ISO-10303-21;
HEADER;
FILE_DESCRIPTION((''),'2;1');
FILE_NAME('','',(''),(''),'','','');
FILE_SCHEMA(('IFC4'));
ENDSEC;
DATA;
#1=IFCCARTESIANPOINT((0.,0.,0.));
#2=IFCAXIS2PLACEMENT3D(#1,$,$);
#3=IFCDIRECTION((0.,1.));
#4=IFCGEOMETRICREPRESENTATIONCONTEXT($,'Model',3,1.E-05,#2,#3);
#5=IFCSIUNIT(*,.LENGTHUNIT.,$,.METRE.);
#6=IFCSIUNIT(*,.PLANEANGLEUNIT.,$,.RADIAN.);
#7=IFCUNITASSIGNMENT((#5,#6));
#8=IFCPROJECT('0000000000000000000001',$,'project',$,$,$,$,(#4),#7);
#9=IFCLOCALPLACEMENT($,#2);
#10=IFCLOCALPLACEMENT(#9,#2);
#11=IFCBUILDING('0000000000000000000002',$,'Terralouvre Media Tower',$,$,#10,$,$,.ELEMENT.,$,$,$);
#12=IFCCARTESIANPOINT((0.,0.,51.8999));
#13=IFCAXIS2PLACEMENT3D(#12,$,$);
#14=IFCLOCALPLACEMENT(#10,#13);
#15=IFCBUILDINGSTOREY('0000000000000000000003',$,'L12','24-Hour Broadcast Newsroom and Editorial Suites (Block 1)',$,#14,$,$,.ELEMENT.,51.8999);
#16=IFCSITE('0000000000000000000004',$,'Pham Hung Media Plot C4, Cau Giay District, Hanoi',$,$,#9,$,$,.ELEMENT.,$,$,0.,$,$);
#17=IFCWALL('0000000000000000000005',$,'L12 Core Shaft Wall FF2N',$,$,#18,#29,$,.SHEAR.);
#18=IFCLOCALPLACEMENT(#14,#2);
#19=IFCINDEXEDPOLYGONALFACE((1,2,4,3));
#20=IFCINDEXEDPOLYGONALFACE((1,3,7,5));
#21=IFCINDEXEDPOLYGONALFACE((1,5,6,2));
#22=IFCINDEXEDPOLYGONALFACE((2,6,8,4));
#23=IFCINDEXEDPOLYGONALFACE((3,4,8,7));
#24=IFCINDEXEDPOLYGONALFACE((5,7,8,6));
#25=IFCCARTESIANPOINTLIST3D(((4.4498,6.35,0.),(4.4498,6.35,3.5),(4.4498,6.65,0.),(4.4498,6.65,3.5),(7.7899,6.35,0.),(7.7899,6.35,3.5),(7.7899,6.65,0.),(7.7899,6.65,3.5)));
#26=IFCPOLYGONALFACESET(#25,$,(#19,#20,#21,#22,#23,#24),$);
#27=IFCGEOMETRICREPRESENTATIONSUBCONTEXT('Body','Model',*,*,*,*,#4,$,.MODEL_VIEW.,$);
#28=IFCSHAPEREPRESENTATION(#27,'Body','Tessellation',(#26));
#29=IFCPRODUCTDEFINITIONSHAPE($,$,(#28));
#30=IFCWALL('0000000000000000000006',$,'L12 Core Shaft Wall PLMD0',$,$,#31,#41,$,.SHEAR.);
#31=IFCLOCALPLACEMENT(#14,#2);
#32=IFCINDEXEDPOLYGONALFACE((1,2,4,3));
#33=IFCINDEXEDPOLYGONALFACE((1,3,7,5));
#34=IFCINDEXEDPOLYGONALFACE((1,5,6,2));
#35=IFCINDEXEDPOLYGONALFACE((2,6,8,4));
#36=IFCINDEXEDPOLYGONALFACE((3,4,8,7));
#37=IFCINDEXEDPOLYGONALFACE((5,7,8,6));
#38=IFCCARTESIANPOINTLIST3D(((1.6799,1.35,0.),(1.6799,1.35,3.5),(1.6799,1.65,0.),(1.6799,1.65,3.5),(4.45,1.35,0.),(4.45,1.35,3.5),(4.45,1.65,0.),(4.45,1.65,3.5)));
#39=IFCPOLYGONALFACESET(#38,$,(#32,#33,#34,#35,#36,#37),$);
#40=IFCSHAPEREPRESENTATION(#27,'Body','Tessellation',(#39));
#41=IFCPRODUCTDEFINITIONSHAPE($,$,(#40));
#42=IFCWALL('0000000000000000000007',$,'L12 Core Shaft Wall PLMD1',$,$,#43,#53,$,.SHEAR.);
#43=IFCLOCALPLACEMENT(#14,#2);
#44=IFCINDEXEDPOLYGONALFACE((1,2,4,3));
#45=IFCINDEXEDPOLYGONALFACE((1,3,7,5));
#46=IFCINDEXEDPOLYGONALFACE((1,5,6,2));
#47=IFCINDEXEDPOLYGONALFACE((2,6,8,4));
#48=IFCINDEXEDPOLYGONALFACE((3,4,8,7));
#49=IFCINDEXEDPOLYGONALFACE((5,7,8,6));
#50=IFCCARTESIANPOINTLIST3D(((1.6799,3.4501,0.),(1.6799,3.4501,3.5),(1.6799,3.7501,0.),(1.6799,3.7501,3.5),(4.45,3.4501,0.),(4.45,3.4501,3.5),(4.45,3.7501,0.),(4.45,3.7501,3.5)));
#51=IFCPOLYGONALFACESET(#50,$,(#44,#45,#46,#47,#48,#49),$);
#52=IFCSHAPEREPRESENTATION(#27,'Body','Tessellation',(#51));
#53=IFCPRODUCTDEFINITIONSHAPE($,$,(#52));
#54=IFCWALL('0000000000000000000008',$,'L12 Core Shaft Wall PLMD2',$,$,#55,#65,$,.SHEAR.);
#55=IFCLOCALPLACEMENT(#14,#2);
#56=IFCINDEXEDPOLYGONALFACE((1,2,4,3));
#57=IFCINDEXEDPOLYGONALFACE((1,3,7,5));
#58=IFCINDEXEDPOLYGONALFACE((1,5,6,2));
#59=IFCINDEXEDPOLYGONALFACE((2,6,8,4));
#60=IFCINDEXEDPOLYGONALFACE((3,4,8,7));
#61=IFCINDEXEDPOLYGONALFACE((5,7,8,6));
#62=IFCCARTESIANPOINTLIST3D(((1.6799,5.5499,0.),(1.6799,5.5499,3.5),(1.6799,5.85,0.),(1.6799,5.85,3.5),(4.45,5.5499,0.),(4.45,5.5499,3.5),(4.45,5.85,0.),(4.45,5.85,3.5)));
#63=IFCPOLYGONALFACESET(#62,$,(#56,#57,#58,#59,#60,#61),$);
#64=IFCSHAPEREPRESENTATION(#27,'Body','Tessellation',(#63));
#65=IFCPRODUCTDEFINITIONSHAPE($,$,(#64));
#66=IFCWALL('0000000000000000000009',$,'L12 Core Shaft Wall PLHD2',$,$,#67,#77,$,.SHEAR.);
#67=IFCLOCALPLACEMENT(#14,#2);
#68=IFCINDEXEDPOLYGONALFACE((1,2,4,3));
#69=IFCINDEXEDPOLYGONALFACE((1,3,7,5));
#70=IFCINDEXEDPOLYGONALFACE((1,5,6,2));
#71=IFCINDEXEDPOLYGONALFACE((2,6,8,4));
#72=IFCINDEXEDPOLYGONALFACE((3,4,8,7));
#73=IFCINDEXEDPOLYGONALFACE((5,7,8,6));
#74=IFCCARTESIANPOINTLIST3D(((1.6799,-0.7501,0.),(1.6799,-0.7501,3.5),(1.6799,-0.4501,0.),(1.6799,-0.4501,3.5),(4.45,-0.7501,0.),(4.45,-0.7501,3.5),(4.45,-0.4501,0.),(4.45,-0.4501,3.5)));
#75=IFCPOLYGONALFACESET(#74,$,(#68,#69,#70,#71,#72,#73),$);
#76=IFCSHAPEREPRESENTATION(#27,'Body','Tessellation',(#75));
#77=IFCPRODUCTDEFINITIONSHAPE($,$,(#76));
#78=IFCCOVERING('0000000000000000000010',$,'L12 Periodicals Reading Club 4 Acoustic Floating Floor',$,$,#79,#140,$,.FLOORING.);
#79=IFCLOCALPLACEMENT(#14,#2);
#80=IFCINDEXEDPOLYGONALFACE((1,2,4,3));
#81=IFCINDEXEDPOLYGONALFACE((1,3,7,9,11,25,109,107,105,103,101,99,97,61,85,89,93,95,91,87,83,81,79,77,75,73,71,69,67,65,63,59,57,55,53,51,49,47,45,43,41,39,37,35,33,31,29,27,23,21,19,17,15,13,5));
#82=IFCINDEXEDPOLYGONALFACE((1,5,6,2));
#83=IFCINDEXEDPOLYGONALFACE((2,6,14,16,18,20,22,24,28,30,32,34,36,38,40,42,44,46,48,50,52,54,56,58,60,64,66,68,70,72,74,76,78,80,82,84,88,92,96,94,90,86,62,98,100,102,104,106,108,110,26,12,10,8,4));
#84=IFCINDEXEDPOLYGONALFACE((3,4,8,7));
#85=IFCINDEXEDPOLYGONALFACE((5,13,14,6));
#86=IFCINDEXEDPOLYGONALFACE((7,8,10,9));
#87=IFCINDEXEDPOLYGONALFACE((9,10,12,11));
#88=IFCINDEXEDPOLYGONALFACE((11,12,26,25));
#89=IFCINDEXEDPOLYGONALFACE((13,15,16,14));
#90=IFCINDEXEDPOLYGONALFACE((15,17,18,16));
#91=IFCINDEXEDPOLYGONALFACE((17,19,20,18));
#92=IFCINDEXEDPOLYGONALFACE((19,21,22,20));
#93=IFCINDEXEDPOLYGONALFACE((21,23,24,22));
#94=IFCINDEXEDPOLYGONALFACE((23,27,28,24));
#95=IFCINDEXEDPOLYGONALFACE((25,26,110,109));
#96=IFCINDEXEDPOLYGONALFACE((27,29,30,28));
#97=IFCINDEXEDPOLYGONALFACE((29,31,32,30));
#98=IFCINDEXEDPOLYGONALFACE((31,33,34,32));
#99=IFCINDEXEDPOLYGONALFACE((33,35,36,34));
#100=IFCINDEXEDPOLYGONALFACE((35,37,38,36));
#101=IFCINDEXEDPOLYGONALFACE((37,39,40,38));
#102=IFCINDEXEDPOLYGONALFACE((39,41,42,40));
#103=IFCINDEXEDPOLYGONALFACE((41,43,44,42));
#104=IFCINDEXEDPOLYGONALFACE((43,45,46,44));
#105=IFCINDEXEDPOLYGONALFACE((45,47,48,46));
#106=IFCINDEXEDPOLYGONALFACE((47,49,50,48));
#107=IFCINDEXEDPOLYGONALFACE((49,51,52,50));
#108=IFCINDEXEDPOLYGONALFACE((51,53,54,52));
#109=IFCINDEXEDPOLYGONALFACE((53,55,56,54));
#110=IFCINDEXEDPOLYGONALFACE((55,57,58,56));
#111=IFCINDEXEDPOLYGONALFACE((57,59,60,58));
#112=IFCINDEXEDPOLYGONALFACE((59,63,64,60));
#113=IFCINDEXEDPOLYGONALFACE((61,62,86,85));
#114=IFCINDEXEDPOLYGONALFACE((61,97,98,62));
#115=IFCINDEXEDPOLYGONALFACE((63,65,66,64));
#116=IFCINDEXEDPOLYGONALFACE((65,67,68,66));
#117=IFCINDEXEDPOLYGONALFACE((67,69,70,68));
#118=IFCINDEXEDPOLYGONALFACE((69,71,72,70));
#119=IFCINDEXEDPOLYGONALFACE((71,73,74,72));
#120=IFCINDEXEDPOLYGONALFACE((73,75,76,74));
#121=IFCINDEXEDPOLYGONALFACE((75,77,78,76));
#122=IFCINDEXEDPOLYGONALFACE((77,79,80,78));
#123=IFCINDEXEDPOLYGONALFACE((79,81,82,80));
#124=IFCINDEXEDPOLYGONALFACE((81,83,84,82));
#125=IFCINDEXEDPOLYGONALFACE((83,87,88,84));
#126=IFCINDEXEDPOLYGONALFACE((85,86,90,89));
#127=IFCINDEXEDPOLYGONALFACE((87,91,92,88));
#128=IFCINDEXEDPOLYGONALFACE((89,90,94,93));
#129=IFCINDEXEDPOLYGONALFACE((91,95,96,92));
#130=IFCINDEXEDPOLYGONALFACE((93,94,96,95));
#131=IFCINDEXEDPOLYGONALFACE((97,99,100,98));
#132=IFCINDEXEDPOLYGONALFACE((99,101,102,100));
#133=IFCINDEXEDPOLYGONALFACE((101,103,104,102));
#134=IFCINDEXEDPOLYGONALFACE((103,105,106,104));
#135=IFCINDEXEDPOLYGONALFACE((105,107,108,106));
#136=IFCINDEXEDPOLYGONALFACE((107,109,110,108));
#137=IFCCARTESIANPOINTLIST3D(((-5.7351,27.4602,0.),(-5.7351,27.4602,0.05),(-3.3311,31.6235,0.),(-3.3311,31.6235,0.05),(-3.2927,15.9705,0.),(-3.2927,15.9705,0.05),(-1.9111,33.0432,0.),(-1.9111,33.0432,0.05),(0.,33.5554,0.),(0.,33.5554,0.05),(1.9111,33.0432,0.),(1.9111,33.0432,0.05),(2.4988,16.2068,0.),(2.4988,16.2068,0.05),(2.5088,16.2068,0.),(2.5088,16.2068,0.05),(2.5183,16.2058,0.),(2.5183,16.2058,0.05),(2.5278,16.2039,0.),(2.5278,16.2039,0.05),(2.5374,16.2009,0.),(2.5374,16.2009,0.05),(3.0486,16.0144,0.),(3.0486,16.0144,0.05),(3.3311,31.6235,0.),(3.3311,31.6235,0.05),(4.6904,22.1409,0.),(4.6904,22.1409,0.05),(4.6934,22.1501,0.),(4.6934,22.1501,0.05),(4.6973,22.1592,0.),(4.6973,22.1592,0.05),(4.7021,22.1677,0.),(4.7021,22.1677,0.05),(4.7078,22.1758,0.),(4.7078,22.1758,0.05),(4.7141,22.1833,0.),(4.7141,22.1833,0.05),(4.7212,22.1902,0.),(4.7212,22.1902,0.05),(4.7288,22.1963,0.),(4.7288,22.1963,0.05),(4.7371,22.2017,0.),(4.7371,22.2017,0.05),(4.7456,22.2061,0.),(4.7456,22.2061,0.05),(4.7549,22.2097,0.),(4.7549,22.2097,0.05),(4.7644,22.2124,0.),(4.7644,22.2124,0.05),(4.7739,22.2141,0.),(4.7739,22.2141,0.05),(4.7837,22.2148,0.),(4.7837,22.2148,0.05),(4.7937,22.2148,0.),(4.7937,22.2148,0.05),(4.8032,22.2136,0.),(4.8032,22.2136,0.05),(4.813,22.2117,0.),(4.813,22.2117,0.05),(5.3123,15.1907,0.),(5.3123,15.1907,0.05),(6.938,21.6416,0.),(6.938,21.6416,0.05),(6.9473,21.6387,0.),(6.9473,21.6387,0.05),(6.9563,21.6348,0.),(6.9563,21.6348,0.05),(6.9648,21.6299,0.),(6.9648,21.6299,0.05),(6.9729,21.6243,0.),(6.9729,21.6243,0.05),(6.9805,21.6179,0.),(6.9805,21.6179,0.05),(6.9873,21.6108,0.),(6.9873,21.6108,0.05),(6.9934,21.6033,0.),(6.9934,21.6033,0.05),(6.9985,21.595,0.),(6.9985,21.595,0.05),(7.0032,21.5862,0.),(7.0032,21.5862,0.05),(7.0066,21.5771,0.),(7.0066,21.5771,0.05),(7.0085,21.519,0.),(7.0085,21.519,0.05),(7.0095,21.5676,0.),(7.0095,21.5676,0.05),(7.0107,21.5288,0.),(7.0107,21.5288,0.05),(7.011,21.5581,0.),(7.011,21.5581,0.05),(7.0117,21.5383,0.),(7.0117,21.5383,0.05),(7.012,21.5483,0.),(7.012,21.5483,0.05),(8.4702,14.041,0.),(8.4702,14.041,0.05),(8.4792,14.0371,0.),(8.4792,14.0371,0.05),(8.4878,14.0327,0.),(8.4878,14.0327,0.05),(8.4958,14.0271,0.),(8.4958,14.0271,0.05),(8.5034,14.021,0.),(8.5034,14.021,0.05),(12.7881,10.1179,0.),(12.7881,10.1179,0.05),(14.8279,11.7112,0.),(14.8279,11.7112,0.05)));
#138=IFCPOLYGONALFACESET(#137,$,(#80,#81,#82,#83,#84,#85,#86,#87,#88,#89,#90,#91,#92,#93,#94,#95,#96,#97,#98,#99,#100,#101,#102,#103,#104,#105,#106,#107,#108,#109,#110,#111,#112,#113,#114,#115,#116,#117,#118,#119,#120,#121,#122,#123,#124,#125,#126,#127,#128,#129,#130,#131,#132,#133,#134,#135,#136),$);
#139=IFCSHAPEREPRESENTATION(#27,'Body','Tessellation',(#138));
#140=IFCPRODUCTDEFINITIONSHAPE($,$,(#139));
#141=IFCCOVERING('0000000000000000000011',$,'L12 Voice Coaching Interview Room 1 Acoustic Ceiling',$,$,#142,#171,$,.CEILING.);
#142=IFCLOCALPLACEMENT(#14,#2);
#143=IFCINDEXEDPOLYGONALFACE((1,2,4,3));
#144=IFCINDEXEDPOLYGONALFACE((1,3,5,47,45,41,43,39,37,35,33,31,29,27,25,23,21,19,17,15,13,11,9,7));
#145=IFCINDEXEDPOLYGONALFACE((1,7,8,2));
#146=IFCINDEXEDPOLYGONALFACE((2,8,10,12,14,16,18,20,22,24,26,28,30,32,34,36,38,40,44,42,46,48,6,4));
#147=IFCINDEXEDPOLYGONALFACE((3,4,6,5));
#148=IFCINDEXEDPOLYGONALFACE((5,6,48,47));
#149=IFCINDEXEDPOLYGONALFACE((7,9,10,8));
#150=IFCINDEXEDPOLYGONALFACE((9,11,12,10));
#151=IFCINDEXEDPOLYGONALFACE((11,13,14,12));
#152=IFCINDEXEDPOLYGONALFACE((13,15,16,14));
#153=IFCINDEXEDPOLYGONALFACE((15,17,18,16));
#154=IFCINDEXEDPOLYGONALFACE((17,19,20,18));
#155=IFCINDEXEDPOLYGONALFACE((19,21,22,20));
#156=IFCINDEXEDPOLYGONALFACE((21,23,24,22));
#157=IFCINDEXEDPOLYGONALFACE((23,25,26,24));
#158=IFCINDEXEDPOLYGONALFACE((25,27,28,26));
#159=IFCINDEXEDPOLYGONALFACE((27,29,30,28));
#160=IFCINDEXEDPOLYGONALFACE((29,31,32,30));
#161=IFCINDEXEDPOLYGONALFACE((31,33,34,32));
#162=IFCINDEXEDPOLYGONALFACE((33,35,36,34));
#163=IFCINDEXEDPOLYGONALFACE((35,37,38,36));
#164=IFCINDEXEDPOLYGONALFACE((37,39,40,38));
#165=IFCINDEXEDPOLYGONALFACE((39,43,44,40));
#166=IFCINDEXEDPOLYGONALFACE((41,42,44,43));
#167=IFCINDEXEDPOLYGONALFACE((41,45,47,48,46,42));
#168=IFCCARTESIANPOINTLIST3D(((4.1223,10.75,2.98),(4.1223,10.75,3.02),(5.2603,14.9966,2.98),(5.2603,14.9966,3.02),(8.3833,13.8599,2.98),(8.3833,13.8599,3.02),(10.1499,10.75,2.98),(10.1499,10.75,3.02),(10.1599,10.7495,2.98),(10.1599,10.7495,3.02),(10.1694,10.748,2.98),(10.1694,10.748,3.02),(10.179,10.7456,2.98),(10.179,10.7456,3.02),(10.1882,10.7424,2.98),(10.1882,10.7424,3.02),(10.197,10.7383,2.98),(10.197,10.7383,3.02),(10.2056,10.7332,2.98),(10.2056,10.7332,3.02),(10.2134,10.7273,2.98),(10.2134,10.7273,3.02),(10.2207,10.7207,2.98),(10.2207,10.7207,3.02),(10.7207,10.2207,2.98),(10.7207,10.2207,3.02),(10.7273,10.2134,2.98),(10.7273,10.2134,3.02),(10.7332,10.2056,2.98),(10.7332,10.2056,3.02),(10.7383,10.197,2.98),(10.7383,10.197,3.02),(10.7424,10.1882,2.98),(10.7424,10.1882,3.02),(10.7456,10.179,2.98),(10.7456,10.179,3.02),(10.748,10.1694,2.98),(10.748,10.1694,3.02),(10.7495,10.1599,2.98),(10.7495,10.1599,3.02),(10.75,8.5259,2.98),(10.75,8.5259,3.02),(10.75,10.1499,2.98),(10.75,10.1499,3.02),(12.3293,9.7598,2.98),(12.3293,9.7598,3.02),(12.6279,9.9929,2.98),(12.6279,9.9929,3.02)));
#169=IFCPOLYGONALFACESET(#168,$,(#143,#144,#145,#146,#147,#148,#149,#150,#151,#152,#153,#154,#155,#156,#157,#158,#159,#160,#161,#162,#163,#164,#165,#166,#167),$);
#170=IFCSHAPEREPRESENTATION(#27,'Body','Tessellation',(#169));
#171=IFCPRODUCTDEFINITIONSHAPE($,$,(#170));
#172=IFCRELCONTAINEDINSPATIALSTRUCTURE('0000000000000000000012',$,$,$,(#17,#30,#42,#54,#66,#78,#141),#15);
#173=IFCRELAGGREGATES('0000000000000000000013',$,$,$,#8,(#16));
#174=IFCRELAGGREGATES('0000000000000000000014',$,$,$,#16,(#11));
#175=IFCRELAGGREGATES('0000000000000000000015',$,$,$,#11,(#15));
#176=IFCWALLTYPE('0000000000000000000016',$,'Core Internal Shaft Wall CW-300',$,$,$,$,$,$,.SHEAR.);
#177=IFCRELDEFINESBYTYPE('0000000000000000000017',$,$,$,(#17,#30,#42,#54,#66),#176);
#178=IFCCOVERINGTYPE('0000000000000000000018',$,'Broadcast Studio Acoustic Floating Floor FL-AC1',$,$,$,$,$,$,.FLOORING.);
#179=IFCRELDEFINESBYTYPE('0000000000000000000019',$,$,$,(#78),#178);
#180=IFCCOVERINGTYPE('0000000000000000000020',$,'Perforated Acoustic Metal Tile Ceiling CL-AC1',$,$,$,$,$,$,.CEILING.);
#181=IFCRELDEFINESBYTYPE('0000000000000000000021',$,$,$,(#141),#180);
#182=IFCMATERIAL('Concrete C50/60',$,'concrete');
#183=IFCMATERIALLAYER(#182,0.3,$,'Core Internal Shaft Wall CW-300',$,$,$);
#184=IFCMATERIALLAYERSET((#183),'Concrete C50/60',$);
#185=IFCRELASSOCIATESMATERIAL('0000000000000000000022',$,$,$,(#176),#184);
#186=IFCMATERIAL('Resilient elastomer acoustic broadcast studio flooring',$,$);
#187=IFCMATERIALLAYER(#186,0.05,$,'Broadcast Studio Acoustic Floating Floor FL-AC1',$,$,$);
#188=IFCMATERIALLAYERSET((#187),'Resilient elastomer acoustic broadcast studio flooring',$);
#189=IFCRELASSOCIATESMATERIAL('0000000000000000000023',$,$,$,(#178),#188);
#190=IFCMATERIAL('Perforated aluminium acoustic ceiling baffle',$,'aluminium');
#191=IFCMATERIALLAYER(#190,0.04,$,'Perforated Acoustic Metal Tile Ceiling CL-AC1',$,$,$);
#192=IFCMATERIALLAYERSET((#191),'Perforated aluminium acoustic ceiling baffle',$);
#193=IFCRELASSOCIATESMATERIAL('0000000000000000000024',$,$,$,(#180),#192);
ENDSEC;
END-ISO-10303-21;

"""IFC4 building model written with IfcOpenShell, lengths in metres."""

from ifc_helpers import new_model, si_unit, direction, frame, frame_2d, origin, place, context, subcontext, project, spatial, polyline, rectangle, outline, extrude, material, layer, layer_set, type_object, element, save


model = new_model("IFC4")

# Units and contexts
model_context = context("Model", 3, precision=1e-05, world=origin(), true_north=direction((0.0, 1.0)))
body_context = subcontext(model_context, "Body", "Model", "MODEL_VIEW")
ifc_project = project(units=[si_unit("LENGTHUNIT", "METRE"), si_unit("PLANEANGLEUNIT", "RADIAN")], contexts=[model_context])

# Site, building, storey
site_placement = place(None, origin())
site = spatial("IfcSite", under=ifc_project, at=site_placement, Name="Pham Hung Media Plot C4, Cau Giay District, Hanoi", CompositionType="ELEMENT", RefElevation=0.0)
building_placement = place(site_placement, origin())
building = spatial("IfcBuilding", under=site, at=building_placement, Name="Terralouvre Media Tower", CompositionType="ELEMENT")
storey_placement = place(building_placement, frame((0.0, 0.0, 51.8999)))
storey = spatial("IfcBuildingStorey", under=building, at=storey_placement, Name="L12", Description="24-Hour Broadcast Newsroom and Editorial Suites (Block 1)", CompositionType="ELEMENT", Elevation=51.8999)

# Shared definitions
ifc_material_1 = material(Name="Concrete C50/60", Category="concrete")
ifc_layer_1 = layer(ifc_material_1, 0.3, Name="Core Internal Shaft Wall CW-300")
ifc_layer_set_1 = layer_set([ifc_layer_1], Name="Concrete C50/60")
wall_type = type_object("IfcWallType", Name="Core Internal Shaft Wall CW-300", PredefinedType="SHEAR", material=ifc_layer_set_1)

# Walls
wall_1_placement = place(storey_placement, frame((4.45, 6.5, 0.0), z_axis=(0.0, 0.0, 1.0), x_axis=(1.0, 0.0, 0.0)))
element("IfcWall", 1, at=wall_1_placement, inside=storey, type_object=wall_type, Name="L12 Core Shaft Wall FF2N", PredefinedType="SHEAR", context=body_context, shape_type="SweptSolid", body=[
    extrude(rectangle(XDim=3.3401, YDim=0.3, at=frame_2d((1.6699, 0.0))), origin(), (0.0, 0.0, 1.0), 3.5),
])
for number, where, z_axis, x_axis, name in (
    (2, (1.6799, 1.5, 0.0), (0.0, 0.0, 1.0), (1.0, 0.0, 0.0), "L12 Core Shaft Wall PLMD0"),
    (3, (1.6799, 3.6001, 0.0), (0.0, 0.0, 1.0), (1.0, 0.0, 0.0), "L12 Core Shaft Wall PLMD1"),
    (4, (1.6799, 5.7, 0.0), (0.0, 0.0, 1.0), (1.0, 0.0, 0.0), "L12 Core Shaft Wall PLMD2"),
    (5, (1.6799, -0.6001, 0.0), (0.0, 0.0, 1.0), (1.0, 0.0, 0.0), "L12 Core Shaft Wall PLHD2"),
):
    element("IfcWall", number, at=place(storey_placement, frame(where, z_axis=z_axis, x_axis=x_axis)), inside=storey, type_object=wall_type, Name=name, PredefinedType="SHEAR", context=body_context, shape_type="SweptSolid", body=[
        extrude(rectangle(XDim=2.77, YDim=0.3, at=frame_2d((1.385, 0.0))), origin(), (0.0, 0.0, 1.0), 3.5),
    ])

# Coverings
ifc_material_2 = material(Name="Resilient elastomer acoustic broadcast studio flooring")
ifc_layer_2 = layer(ifc_material_2, 0.05, Name="Broadcast Studio Acoustic Floating Floor FL-AC1")
ifc_layer_set_2 = layer_set([ifc_layer_2], Name="Resilient elastomer acoustic broadcast studio flooring")
covering_type_1 = type_object("IfcCoveringType", Name="Broadcast Studio Acoustic Floating Floor FL-AC1", PredefinedType="FLOORING", material=ifc_layer_set_2)
covering_1_placement = place(storey_placement, origin())
element("IfcCovering", 6, at=covering_1_placement, inside=storey, type_object=covering_type_1, Name="L12 Periodicals Reading Club 4 Acoustic Floating Floor", PredefinedType="FLOORING", context=body_context, shape_type="SweptSolid", body=[
    extrude(outline(polyline([(-3.2927, 15.9705), (2.4988, 16.2068), (2.5088, 16.2068), (2.5183, 16.2058), (2.5278, 16.2039), (2.5374, 16.2009), (3.0486, 16.0144), (4.6904, 22.1409), (4.6934, 22.1501), (4.6973, 22.1592), (4.7021, 22.1677), (4.7078, 22.1758), (4.7141, 22.1833), (4.7212, 22.1902), (4.7288, 22.1963), (4.7371, 22.2017), (4.7456, 22.2061), (4.7549, 22.2097), (4.7644, 22.2124), (4.7739, 22.2141), (4.7837, 22.2148), (4.7937, 22.2148), (4.8032, 22.2136), (4.813, 22.2117), (6.938, 21.6416), (6.9473, 21.6387), (6.9563, 21.6348), (6.9648, 21.6299), (6.9729, 21.6243), (6.9805, 21.6179), (6.9873, 21.6108), (6.9934, 21.6033), (6.9985, 21.595), (7.0032, 21.5862), (7.0066, 21.5771), (7.0095, 21.5676), (7.011, 21.5581), (7.012, 21.5483), (7.0117, 21.5383), (7.0107, 21.5288), (7.0085, 21.519), (5.3123, 15.1907), (8.4702, 14.041), (8.4792, 14.0371), (8.4878, 14.0327), (8.4958, 14.0271), (8.5034, 14.021), (12.7881, 10.1179), (14.8279, 11.7112), (3.3311, 31.6235), (1.9111, 33.0432), (0.0, 33.5554), (-1.9111, 33.0432), (-3.3311, 31.6235), (-5.7351, 27.4602), (-3.2927, 15.9705)])), origin(), (0.0, 0.0, 1.0), 0.05),
])
ifc_material_3 = material(Name="Perforated aluminium acoustic ceiling baffle", Category="aluminium")
ifc_layer_3 = layer(ifc_material_3, 0.04, Name="Perforated Acoustic Metal Tile Ceiling CL-AC1")
ifc_layer_set_3 = layer_set([ifc_layer_3], Name="Perforated aluminium acoustic ceiling baffle")
covering_type_2 = type_object("IfcCoveringType", Name="Perforated Acoustic Metal Tile Ceiling CL-AC1", PredefinedType="CEILING", material=ifc_layer_set_3)
covering_2_placement = place(storey_placement, frame((0.0, 0.0, 2.98)))
element("IfcCovering", 7, at=covering_2_placement, inside=storey, type_object=covering_type_2, Name="L12 Voice Coaching Interview Room 1 Acoustic Ceiling", PredefinedType="CEILING", context=body_context, shape_type="SweptSolid", body=[
    extrude(outline(polyline([(12.6279, 9.9929), (8.3833, 13.8599), (5.2603, 14.9966), (4.1223, 10.75), (10.1499, 10.75), (10.1599, 10.7495), (10.1694, 10.748), (10.179, 10.7456), (10.1882, 10.7424), (10.197, 10.7383), (10.2056, 10.7332), (10.2134, 10.7273), (10.2207, 10.7207), (10.7207, 10.2207), (10.7273, 10.2134), (10.7332, 10.2056), (10.7383, 10.197), (10.7424, 10.1882), (10.7456, 10.179), (10.748, 10.1694), (10.7495, 10.1599), (10.75, 10.1499), (10.75, 8.5259), (12.3293, 9.7598), (12.6279, 9.9929)])), origin(), (0.0, 0.0, 1.0), 0.04),
])

save(model, "model.ifc")
